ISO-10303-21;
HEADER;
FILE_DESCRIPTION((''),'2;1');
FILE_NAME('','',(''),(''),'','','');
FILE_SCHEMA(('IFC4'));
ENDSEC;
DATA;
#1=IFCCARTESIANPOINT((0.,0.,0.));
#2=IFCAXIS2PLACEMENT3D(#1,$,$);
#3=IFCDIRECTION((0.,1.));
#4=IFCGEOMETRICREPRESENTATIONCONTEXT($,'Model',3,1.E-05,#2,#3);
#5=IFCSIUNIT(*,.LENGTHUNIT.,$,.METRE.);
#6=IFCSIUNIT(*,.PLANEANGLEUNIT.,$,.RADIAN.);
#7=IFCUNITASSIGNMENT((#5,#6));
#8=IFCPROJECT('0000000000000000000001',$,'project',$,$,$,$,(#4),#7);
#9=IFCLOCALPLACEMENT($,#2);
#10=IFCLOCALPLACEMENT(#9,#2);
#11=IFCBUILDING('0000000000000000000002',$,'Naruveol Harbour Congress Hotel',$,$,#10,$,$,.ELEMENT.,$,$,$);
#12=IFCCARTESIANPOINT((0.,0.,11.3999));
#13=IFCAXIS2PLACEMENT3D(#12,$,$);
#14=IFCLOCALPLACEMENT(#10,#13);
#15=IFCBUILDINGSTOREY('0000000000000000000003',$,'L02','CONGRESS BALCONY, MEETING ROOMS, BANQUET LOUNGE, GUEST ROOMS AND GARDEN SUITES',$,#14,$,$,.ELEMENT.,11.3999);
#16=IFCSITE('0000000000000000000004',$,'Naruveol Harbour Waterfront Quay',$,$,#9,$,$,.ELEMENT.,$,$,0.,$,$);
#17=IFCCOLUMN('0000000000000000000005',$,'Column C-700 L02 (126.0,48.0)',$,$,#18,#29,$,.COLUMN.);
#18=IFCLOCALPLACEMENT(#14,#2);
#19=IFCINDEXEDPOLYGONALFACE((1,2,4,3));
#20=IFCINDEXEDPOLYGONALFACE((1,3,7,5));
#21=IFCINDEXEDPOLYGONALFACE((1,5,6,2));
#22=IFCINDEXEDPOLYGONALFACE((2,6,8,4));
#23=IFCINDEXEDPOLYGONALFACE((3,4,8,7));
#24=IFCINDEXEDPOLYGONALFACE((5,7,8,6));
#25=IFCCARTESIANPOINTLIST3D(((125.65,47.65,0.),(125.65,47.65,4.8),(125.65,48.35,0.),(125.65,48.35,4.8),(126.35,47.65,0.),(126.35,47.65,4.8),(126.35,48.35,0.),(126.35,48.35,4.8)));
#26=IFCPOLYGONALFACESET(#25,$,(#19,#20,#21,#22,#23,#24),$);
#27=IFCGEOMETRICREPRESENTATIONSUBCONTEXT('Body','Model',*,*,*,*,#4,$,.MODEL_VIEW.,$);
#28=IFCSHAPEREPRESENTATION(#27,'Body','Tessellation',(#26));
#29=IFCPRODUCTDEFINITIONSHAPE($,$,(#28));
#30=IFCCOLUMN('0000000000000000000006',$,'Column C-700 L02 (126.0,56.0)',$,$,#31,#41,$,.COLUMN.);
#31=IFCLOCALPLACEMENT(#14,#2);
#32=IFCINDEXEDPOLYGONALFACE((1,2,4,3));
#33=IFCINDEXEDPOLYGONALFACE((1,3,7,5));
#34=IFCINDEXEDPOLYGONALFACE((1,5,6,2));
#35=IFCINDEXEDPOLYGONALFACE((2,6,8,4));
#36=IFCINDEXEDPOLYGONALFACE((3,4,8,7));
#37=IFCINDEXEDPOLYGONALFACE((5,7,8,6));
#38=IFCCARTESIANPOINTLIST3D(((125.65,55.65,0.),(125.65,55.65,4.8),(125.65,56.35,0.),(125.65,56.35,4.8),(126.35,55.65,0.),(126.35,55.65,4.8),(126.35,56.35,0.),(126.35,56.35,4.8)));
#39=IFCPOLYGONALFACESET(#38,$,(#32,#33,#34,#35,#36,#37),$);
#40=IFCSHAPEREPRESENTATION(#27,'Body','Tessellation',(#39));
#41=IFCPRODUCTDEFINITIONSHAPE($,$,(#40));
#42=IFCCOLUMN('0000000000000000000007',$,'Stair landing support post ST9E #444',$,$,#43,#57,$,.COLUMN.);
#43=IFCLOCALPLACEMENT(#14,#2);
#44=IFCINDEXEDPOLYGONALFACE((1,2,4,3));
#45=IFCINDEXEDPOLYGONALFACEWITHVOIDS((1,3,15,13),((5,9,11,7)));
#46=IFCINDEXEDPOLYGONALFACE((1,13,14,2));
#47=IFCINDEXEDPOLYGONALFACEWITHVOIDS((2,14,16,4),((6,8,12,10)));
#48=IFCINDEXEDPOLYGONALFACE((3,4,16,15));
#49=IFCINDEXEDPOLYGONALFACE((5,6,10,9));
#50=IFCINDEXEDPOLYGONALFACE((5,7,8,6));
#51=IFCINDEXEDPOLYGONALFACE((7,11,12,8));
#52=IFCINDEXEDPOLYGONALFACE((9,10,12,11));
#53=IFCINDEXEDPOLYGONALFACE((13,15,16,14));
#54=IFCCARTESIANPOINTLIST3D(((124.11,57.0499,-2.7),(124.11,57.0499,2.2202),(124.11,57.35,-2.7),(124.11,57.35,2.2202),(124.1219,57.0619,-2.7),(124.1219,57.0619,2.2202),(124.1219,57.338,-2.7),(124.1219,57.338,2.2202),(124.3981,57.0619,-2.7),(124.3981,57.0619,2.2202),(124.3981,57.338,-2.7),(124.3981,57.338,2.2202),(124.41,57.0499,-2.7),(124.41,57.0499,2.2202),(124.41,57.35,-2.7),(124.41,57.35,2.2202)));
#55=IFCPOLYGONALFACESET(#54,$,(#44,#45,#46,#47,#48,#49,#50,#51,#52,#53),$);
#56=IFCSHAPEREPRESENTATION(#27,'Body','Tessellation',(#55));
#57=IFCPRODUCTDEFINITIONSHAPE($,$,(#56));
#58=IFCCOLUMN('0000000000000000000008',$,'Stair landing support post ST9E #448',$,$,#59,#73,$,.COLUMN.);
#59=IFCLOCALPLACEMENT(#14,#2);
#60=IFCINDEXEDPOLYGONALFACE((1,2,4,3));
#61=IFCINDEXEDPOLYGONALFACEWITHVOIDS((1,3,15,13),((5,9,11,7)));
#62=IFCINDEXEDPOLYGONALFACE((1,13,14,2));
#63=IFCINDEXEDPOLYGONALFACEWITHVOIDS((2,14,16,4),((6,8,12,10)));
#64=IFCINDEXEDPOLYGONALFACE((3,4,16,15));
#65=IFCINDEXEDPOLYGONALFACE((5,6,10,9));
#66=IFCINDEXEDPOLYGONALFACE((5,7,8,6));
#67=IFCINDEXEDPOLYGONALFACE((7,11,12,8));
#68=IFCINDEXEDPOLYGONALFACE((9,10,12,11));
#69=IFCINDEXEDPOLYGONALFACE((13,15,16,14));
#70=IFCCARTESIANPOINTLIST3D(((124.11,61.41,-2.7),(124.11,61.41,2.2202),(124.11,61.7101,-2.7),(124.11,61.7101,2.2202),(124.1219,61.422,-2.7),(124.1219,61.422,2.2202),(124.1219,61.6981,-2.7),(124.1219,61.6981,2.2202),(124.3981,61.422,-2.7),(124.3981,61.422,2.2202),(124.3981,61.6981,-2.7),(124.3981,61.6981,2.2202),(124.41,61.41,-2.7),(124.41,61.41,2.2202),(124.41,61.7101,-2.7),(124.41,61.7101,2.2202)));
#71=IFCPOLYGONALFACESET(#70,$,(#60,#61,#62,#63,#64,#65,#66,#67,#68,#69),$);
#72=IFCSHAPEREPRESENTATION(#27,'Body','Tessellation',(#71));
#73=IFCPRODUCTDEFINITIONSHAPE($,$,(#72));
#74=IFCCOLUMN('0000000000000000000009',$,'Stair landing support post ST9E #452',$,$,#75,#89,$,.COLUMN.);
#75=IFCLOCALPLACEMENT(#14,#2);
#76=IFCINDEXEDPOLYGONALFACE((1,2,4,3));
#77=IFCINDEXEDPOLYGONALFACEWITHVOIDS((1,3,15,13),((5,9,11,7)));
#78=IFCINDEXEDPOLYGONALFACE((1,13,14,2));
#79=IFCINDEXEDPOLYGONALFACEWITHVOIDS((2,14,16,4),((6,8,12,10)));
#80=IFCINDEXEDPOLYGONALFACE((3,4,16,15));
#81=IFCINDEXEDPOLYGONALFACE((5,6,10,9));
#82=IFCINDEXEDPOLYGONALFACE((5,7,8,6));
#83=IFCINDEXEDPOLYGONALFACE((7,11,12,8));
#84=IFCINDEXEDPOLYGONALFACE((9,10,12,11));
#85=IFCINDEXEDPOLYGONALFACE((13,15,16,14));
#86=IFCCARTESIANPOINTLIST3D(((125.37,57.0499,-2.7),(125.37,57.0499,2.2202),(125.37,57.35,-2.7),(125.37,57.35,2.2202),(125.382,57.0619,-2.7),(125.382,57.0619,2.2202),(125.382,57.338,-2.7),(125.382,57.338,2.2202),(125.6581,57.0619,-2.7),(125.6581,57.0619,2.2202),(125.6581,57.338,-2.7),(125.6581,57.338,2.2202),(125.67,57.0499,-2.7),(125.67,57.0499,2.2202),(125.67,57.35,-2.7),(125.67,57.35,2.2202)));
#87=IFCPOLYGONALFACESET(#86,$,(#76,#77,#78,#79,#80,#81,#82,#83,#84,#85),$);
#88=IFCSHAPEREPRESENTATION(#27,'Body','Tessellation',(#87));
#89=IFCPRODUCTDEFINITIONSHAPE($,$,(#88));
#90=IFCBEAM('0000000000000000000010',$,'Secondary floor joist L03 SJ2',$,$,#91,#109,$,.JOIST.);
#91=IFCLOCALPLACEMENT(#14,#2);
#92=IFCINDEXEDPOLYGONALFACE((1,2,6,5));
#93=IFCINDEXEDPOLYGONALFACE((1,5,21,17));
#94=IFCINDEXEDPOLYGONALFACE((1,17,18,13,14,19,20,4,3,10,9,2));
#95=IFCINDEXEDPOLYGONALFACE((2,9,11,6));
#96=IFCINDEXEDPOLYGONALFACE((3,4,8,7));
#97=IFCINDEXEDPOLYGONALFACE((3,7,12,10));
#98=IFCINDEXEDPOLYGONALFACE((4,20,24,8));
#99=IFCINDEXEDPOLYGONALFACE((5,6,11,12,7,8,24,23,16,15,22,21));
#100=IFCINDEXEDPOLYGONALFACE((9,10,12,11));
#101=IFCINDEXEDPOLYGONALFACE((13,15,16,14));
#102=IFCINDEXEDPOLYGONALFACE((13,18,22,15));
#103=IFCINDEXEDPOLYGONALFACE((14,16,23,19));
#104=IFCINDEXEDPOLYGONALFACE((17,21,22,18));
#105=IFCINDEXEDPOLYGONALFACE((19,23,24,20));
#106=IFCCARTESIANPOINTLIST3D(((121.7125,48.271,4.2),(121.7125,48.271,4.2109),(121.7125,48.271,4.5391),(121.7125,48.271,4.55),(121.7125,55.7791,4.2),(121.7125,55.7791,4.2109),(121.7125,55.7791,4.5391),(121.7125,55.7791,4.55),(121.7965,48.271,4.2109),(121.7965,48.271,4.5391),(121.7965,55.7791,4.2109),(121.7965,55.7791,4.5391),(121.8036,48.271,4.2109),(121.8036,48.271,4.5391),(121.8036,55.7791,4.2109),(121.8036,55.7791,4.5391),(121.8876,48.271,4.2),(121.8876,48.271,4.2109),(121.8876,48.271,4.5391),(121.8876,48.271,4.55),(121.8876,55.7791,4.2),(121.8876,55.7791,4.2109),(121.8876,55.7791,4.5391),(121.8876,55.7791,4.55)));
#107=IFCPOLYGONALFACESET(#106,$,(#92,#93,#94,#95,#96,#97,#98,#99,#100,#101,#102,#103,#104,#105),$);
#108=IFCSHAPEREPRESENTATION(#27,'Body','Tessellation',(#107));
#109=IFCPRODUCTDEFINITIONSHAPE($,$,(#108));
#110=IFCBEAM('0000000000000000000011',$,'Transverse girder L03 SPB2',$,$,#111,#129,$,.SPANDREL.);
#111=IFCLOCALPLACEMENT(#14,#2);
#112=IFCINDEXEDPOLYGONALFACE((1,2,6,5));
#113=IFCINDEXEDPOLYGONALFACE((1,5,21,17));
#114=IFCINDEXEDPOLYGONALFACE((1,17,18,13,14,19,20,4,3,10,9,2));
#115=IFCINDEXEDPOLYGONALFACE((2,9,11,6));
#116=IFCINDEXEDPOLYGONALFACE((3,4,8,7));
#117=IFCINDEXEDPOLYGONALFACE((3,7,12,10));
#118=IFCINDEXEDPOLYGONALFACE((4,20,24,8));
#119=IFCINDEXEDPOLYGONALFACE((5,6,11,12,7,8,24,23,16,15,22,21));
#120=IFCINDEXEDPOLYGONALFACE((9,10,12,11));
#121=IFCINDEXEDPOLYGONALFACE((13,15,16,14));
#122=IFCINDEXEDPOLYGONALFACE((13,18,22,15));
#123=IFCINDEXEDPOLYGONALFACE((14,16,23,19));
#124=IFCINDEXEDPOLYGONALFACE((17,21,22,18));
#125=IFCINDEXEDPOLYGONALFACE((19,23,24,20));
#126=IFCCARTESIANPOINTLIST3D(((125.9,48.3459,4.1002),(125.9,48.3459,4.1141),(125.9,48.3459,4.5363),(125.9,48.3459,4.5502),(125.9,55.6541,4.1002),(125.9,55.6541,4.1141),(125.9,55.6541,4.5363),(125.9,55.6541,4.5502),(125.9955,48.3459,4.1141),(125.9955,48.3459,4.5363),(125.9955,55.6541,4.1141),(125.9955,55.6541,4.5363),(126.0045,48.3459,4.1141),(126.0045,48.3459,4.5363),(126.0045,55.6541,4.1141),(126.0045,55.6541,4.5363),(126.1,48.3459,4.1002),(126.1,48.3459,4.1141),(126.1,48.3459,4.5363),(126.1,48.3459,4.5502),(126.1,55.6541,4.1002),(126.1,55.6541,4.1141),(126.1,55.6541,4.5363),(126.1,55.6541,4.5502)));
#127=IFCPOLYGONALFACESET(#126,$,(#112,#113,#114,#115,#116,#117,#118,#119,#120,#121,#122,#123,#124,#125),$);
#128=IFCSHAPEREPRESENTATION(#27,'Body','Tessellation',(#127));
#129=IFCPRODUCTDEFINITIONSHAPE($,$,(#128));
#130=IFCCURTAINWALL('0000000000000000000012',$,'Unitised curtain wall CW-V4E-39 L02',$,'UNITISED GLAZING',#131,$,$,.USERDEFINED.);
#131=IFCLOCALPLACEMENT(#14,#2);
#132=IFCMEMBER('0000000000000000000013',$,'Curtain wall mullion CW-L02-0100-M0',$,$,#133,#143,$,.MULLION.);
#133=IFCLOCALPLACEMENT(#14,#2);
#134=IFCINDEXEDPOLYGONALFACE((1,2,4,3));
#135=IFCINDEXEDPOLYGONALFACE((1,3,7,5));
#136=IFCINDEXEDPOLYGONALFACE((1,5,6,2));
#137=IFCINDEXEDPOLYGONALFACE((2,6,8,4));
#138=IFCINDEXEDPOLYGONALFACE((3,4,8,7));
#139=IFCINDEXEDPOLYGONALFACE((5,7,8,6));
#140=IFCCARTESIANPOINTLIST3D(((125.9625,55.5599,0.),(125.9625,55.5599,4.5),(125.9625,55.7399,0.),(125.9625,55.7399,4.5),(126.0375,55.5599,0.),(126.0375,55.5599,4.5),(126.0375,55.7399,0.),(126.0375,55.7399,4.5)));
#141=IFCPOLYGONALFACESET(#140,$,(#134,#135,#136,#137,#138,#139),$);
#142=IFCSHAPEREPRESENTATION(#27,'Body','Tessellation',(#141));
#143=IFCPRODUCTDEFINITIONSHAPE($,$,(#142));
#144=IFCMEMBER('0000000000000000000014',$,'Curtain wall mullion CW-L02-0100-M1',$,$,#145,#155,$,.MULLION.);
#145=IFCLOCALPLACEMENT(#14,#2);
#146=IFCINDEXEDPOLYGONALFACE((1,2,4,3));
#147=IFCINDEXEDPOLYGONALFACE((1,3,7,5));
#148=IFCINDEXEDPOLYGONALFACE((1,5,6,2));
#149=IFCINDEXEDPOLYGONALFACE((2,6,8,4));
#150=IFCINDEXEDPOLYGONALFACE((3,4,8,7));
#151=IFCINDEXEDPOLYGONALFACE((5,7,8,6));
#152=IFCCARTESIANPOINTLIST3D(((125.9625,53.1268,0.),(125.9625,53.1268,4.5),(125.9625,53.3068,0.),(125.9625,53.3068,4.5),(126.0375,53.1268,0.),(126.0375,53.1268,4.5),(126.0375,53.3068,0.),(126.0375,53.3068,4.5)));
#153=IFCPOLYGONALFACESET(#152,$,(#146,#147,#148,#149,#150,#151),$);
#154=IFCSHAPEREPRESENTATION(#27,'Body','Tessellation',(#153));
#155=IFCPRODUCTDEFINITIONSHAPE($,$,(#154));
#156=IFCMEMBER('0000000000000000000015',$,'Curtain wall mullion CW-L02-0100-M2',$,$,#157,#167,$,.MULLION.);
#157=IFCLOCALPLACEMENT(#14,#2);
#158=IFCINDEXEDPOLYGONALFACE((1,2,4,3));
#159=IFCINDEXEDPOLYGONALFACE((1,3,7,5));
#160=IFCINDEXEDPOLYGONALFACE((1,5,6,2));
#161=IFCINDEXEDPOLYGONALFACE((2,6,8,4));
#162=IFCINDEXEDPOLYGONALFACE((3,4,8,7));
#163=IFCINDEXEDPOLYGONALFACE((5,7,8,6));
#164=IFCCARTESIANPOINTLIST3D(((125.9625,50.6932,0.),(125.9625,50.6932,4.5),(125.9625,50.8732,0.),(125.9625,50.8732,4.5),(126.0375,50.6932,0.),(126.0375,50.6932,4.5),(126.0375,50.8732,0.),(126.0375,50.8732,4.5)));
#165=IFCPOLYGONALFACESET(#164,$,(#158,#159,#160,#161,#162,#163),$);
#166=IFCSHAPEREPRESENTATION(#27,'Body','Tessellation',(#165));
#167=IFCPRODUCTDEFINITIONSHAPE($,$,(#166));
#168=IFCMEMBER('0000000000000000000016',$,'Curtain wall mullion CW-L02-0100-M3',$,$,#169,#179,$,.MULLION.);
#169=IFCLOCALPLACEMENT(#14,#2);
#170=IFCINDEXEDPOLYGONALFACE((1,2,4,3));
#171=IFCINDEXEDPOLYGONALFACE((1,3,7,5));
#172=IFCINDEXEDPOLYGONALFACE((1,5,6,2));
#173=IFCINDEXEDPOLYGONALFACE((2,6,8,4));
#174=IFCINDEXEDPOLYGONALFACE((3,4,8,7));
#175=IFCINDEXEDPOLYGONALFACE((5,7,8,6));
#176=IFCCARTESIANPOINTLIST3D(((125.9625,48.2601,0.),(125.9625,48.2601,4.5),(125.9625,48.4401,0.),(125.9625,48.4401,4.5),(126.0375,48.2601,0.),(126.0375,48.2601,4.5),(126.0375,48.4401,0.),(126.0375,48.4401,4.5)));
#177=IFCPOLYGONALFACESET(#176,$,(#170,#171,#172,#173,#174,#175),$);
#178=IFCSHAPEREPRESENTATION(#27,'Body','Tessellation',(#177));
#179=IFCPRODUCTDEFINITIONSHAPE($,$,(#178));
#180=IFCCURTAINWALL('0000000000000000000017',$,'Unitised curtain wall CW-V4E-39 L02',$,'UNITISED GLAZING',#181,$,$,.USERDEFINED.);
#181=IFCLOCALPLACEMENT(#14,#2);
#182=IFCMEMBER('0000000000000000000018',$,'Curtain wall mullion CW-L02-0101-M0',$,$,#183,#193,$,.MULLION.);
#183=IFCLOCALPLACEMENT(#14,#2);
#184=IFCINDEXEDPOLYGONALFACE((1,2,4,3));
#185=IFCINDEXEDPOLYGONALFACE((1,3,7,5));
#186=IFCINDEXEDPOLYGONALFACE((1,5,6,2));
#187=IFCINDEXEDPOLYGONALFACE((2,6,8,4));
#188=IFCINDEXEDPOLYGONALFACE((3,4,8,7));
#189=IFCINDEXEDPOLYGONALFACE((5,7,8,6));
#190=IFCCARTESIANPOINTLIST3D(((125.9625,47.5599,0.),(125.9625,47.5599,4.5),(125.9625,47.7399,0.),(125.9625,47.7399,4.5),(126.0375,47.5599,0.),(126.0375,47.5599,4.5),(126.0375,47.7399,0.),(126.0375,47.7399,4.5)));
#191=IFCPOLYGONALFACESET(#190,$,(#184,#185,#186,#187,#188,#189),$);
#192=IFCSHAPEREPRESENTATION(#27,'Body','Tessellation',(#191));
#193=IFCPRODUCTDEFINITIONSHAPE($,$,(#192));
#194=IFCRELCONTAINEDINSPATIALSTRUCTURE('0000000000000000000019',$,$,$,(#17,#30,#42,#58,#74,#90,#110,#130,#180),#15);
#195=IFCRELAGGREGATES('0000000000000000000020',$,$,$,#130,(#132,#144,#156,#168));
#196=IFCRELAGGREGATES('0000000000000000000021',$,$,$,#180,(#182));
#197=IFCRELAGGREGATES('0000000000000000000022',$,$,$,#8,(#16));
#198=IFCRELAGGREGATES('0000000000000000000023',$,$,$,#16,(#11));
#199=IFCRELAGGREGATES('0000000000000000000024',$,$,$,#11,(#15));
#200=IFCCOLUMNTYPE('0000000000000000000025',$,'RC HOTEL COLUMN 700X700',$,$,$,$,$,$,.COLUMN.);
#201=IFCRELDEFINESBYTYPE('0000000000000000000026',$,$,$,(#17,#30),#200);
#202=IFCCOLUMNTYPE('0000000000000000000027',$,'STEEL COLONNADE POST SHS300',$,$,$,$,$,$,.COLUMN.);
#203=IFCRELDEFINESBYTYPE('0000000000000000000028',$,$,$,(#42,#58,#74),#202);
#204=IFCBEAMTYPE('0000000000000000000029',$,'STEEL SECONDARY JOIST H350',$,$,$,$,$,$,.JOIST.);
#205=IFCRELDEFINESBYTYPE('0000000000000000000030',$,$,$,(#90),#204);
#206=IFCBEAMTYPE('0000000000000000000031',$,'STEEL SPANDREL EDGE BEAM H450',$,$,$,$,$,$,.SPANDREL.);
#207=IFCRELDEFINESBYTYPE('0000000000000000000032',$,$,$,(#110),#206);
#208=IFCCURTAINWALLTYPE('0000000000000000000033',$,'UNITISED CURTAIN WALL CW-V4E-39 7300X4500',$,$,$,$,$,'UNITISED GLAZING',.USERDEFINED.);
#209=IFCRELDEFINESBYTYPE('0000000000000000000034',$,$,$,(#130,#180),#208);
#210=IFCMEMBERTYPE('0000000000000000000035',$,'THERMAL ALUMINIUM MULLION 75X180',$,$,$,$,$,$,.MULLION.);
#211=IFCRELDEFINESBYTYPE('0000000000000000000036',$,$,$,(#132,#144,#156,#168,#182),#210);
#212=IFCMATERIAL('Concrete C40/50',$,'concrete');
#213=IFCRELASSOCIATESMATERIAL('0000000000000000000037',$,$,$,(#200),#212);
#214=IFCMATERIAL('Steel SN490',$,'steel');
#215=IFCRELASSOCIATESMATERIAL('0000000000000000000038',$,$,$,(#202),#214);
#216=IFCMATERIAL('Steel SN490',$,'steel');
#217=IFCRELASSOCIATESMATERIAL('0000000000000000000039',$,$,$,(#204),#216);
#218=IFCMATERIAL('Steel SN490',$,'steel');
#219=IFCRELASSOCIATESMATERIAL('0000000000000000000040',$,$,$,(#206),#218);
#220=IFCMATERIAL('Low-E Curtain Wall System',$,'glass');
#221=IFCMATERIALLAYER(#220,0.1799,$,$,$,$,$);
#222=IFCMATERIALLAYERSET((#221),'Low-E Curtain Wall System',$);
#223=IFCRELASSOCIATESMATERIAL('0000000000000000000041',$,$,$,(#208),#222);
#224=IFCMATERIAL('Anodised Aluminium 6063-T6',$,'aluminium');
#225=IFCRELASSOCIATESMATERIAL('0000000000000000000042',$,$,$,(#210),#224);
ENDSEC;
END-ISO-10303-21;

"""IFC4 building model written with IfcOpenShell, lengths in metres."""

from ifc_helpers import new_model, si_unit, direction, frame, origin, origin_2d, place, context, subcontext, project, spatial, rectangle, hollow_rectangle, i_section, extrude, material, layer, layer_set, material_profile, profile_set, type_object, element, aggregate, save


model = new_model("IFC4")

# Units and contexts
model_context = context("Model", 3, precision=1e-05, world=origin(), true_north=direction((0.0, 1.0)))
body_context = subcontext(model_context, "Body", "Model", "MODEL_VIEW")
ifc_project = project(units=[si_unit("LENGTHUNIT", "METRE"), si_unit("PLANEANGLEUNIT", "RADIAN")], contexts=[model_context])

# Site, building, storey
site_placement = place(None, origin())
site = spatial("IfcSite", under=ifc_project, at=site_placement, Name="Naruveol Harbour Waterfront Quay", CompositionType="ELEMENT", RefElevation=0.0)
building_placement = place(site_placement, origin())
building = spatial("IfcBuilding", under=site, at=building_placement, Name="Naruveol Harbour Congress Hotel", CompositionType="ELEMENT")
storey_placement = place(building_placement, frame((0.0, 0.0, 11.3999)))
storey = spatial("IfcBuildingStorey", under=building, at=storey_placement, Name="L02", Description="CONGRESS BALCONY, MEETING ROOMS, BANQUET LOUNGE, GUEST ROOMS AND GARDEN SUITES", CompositionType="ELEMENT", Elevation=11.3999)

# Columns
ifc_material_1 = material(Name="Concrete C40/50", Category="concrete")
ifc_material_profile_1 = material_profile(ifc_material_1, rectangle(XDim=0.7, YDim=0.7, at=origin_2d()), Name="RC-700x700")
ifc_profile_set_1 = profile_set([ifc_material_profile_1], Name="Concrete C40/50")
column_type_1 = type_object("IfcColumnType", Name="RC HOTEL COLUMN 700X700", PredefinedType="COLUMN", material=ifc_profile_set_1)
for number, where, z_axis, x_axis, name in (
    (1, (126.0, 48.0, 0.0), (0.0, 0.0, 1.0), (1.0, 0.0, 0.0), "Column C-700 L02 (126.0,48.0)"),
    (2, (126.0, 56.0, 0.0), (0.0, 0.0, 1.0), (1.0, 0.0, 0.0), "Column C-700 L02 (126.0,56.0)"),
):
    element("IfcColumn", number, at=place(storey_placement, frame(where, z_axis=z_axis, x_axis=x_axis)), inside=storey, type_object=column_type_1, Name=name, PredefinedType="COLUMN", context=body_context, shape_type="SweptSolid", body=[
        extrude(rectangle(XDim=0.7, YDim=0.7, at=origin_2d()), origin(), (0.0, 0.0, 1.0), 4.8),
    ])
ifc_material_2 = material(Name="Steel SN490", Category="steel")
ifc_material_profile_2 = material_profile(ifc_material_2, hollow_rectangle(XDim=0.3, YDim=0.3, WallThickness=0.012, at=origin_2d()), Name="SHS-300x300x12")
ifc_profile_set_2 = profile_set([ifc_material_profile_2], Name="Steel SN490")
column_type_2 = type_object("IfcColumnType", Name="STEEL COLONNADE POST SHS300", PredefinedType="COLUMN", material=ifc_profile_set_2)
for number, where, z_axis, x_axis, name in (
    (3, (124.26, 57.2, -2.7), (0.0, 0.0, 1.0), (1.0, 0.0, 0.0), "Stair landing support post ST9E #444"),
    (4, (124.26, 61.5601, -2.7), (0.0, 0.0, 1.0), (1.0, 0.0, 0.0), "Stair landing support post ST9E #448"),
    (5, (125.52, 57.2, -2.7), (0.0, 0.0, 1.0), (1.0, 0.0, 0.0), "Stair landing support post ST9E #452"),
):
    element("IfcColumn", number, at=place(storey_placement, frame(where, z_axis=z_axis, x_axis=x_axis)), inside=storey, type_object=column_type_2, Name=name, PredefinedType="COLUMN", context=body_context, shape_type="SweptSolid", body=[
        extrude(hollow_rectangle(XDim=0.3, YDim=0.3, WallThickness=0.012, at=origin_2d()), origin(), (0.0, 0.0, 1.0), 4.9202),
    ])

# Beams
ifc_material_3 = material(Name="Steel SN490", Category="steel")
ifc_material_profile_3 = material_profile(ifc_material_3, i_section(OverallWidth=0.175, OverallDepth=0.3501, WebThickness=0.0071, FlangeThickness=0.011, at=origin_2d()), Name="H-350x175x7x11")
ifc_profile_set_3 = profile_set([ifc_material_profile_3], Name="Steel SN490")
beam_type_1 = type_object("IfcBeamType", Name="STEEL SECONDARY JOIST H350", PredefinedType="JOIST", material=ifc_profile_set_3)
beam_1_placement = place(storey_placement, frame((121.8, 48.271, 4.375), z_axis=(0.0, 1.0, 0.0), x_axis=(-1.0, 0.0, 0.0)))
element("IfcBeam", 6, at=beam_1_placement, inside=storey, type_object=beam_type_1, Name="Secondary floor joist L03 SJ2", PredefinedType="JOIST", context=body_context, shape_type="SweptSolid", body=[
    extrude(i_section(OverallWidth=0.175, OverallDepth=0.3501, WebThickness=0.0071, FlangeThickness=0.011, at=origin_2d()), origin(), (0.0, 0.0, 1.0), 7.5081),
])
ifc_material_4 = material(Name="Steel SN490", Category="steel")
ifc_material_profile_4 = material_profile(ifc_material_4, i_section(OverallWidth=0.2, OverallDepth=0.45, WebThickness=0.009, FlangeThickness=0.0139, at=origin_2d()), Name="H-450x200x9x14")
ifc_profile_set_4 = profile_set([ifc_material_profile_4], Name="Steel SN490")
beam_type_2 = type_object("IfcBeamType", Name="STEEL SPANDREL EDGE BEAM H450", PredefinedType="SPANDREL", material=ifc_profile_set_4)
beam_2_placement = place(storey_placement, frame((126.0, 48.3459, 4.3252), z_axis=(0.0, 1.0, 0.0), x_axis=(-1.0, 0.0, 0.0)))
element("IfcBeam", 7, at=beam_2_placement, inside=storey, type_object=beam_type_2, Name="Transverse girder L03 SPB2", PredefinedType="SPANDREL", context=body_context, shape_type="SweptSolid", body=[
    extrude(i_section(OverallWidth=0.2, OverallDepth=0.45, WebThickness=0.009, FlangeThickness=0.0139, at=origin_2d()), origin(), (0.0, 0.0, 1.0), 7.3081),
])

# Curtain wall, members
ifc_material_5 = material(Name="Low-E Curtain Wall System", Category="glass")
ifc_layer_1 = layer(ifc_material_5, 0.1799)
ifc_layer_set_1 = layer_set([ifc_layer_1], Name="Low-E Curtain Wall System")
curtain_wall_type = type_object("IfcCurtainWallType", Name="UNITISED CURTAIN WALL CW-V4E-39 7300X4500", ElementType="UNITISED GLAZING", PredefinedType="USERDEFINED", material=ifc_layer_set_1)
curtain_wall_1_placement = place(storey_placement, origin())
curtain_wall_1 = element("IfcCurtainWall", 8, at=curtain_wall_1_placement, inside=storey, type_object=curtain_wall_type, Name="Unitised curtain wall CW-V4E-39 L02", ObjectType="UNITISED GLAZING", PredefinedType="USERDEFINED")
ifc_material_6 = material(Name="Anodised Aluminium 6063-T6", Category="aluminium")
ifc_material_profile_5 = material_profile(ifc_material_6, rectangle(XDim=0.075, YDim=0.1799, at=origin_2d()), Name="ALU-75x180")
ifc_profile_set_5 = profile_set([ifc_material_profile_5], Name="Anodised Aluminium 6063-T6")
member_type_1 = type_object("IfcMemberType", Name="THERMAL ALUMINIUM MULLION 75X180", PredefinedType="MULLION", material=ifc_profile_set_5)
member_1_placement = place(storey_placement, frame((126.0, 55.6499, 0.0), z_axis=(0.0, 0.0, 1.0), x_axis=(1.0, 0.0, 0.0)))
member_1 = element("IfcMember", 9, at=member_1_placement, type_object=member_type_1, Name="Curtain wall mullion CW-L02-0100-M0", PredefinedType="MULLION", context=body_context, shape_type="SweptSolid", body=[
    extrude(rectangle(XDim=0.075, YDim=0.1799, at=origin_2d()), origin(), (0.0, 0.0, 1.0), 4.5),
])
member_2_placement = place(storey_placement, frame((126.0, 53.2168, 0.0), z_axis=(0.0, 0.0, 1.0), x_axis=(1.0, 0.0, 0.0)))
member_2 = element("IfcMember", 10, at=member_2_placement, type_object=member_type_1, Name="Curtain wall mullion CW-L02-0100-M1", PredefinedType="MULLION", context=body_context, shape_type="SweptSolid", body=[
    extrude(rectangle(XDim=0.075, YDim=0.1799, at=origin_2d()), origin(), (0.0, 0.0, 1.0), 4.5),
])
member_3_placement = place(storey_placement, frame((126.0, 50.7832, 0.0), z_axis=(0.0, 0.0, 1.0), x_axis=(1.0, 0.0, 0.0)))
member_3 = element("IfcMember", 11, at=member_3_placement, type_object=member_type_1, Name="Curtain wall mullion CW-L02-0100-M2", PredefinedType="MULLION", context=body_context, shape_type="SweptSolid", body=[
    extrude(rectangle(XDim=0.075, YDim=0.1799, at=origin_2d()), origin(), (0.0, 0.0, 1.0), 4.5),
])
member_4_placement = place(storey_placement, frame((126.0, 48.3501, 0.0), z_axis=(0.0, 0.0, 1.0), x_axis=(1.0, 0.0, 0.0)))
member_4 = element("IfcMember", 12, at=member_4_placement, type_object=member_type_1, Name="Curtain wall mullion CW-L02-0100-M3", PredefinedType="MULLION", context=body_context, shape_type="SweptSolid", body=[
    extrude(rectangle(XDim=0.075, YDim=0.1799, at=origin_2d()), origin(), (0.0, 0.0, 1.0), 4.5),
])

# Curtain wall, member
curtain_wall_2_placement = place(storey_placement, origin())
curtain_wall_2 = element("IfcCurtainWall", 13, at=curtain_wall_2_placement, inside=storey, type_object=curtain_wall_type, Name="Unitised curtain wall CW-V4E-39 L02", ObjectType="UNITISED GLAZING", PredefinedType="USERDEFINED")
member_5_placement = place(storey_placement, frame((126.0, 47.6499, 0.0), z_axis=(0.0, 0.0, 1.0), x_axis=(1.0, 0.0, 0.0)))
member_5 = element("IfcMember", 14, at=member_5_placement, type_object=member_type_1, Name="Curtain wall mullion CW-L02-0101-M0", PredefinedType="MULLION", context=body_context, shape_type="SweptSolid", body=[
    extrude(rectangle(XDim=0.075, YDim=0.1799, at=origin_2d()), origin(), (0.0, 0.0, 1.0), 4.5),
])

aggregate(curtain_wall_1, [member_1, member_2, member_3, member_4])
aggregate(curtain_wall_2, [member_5])

save(model, "model.ifc")
